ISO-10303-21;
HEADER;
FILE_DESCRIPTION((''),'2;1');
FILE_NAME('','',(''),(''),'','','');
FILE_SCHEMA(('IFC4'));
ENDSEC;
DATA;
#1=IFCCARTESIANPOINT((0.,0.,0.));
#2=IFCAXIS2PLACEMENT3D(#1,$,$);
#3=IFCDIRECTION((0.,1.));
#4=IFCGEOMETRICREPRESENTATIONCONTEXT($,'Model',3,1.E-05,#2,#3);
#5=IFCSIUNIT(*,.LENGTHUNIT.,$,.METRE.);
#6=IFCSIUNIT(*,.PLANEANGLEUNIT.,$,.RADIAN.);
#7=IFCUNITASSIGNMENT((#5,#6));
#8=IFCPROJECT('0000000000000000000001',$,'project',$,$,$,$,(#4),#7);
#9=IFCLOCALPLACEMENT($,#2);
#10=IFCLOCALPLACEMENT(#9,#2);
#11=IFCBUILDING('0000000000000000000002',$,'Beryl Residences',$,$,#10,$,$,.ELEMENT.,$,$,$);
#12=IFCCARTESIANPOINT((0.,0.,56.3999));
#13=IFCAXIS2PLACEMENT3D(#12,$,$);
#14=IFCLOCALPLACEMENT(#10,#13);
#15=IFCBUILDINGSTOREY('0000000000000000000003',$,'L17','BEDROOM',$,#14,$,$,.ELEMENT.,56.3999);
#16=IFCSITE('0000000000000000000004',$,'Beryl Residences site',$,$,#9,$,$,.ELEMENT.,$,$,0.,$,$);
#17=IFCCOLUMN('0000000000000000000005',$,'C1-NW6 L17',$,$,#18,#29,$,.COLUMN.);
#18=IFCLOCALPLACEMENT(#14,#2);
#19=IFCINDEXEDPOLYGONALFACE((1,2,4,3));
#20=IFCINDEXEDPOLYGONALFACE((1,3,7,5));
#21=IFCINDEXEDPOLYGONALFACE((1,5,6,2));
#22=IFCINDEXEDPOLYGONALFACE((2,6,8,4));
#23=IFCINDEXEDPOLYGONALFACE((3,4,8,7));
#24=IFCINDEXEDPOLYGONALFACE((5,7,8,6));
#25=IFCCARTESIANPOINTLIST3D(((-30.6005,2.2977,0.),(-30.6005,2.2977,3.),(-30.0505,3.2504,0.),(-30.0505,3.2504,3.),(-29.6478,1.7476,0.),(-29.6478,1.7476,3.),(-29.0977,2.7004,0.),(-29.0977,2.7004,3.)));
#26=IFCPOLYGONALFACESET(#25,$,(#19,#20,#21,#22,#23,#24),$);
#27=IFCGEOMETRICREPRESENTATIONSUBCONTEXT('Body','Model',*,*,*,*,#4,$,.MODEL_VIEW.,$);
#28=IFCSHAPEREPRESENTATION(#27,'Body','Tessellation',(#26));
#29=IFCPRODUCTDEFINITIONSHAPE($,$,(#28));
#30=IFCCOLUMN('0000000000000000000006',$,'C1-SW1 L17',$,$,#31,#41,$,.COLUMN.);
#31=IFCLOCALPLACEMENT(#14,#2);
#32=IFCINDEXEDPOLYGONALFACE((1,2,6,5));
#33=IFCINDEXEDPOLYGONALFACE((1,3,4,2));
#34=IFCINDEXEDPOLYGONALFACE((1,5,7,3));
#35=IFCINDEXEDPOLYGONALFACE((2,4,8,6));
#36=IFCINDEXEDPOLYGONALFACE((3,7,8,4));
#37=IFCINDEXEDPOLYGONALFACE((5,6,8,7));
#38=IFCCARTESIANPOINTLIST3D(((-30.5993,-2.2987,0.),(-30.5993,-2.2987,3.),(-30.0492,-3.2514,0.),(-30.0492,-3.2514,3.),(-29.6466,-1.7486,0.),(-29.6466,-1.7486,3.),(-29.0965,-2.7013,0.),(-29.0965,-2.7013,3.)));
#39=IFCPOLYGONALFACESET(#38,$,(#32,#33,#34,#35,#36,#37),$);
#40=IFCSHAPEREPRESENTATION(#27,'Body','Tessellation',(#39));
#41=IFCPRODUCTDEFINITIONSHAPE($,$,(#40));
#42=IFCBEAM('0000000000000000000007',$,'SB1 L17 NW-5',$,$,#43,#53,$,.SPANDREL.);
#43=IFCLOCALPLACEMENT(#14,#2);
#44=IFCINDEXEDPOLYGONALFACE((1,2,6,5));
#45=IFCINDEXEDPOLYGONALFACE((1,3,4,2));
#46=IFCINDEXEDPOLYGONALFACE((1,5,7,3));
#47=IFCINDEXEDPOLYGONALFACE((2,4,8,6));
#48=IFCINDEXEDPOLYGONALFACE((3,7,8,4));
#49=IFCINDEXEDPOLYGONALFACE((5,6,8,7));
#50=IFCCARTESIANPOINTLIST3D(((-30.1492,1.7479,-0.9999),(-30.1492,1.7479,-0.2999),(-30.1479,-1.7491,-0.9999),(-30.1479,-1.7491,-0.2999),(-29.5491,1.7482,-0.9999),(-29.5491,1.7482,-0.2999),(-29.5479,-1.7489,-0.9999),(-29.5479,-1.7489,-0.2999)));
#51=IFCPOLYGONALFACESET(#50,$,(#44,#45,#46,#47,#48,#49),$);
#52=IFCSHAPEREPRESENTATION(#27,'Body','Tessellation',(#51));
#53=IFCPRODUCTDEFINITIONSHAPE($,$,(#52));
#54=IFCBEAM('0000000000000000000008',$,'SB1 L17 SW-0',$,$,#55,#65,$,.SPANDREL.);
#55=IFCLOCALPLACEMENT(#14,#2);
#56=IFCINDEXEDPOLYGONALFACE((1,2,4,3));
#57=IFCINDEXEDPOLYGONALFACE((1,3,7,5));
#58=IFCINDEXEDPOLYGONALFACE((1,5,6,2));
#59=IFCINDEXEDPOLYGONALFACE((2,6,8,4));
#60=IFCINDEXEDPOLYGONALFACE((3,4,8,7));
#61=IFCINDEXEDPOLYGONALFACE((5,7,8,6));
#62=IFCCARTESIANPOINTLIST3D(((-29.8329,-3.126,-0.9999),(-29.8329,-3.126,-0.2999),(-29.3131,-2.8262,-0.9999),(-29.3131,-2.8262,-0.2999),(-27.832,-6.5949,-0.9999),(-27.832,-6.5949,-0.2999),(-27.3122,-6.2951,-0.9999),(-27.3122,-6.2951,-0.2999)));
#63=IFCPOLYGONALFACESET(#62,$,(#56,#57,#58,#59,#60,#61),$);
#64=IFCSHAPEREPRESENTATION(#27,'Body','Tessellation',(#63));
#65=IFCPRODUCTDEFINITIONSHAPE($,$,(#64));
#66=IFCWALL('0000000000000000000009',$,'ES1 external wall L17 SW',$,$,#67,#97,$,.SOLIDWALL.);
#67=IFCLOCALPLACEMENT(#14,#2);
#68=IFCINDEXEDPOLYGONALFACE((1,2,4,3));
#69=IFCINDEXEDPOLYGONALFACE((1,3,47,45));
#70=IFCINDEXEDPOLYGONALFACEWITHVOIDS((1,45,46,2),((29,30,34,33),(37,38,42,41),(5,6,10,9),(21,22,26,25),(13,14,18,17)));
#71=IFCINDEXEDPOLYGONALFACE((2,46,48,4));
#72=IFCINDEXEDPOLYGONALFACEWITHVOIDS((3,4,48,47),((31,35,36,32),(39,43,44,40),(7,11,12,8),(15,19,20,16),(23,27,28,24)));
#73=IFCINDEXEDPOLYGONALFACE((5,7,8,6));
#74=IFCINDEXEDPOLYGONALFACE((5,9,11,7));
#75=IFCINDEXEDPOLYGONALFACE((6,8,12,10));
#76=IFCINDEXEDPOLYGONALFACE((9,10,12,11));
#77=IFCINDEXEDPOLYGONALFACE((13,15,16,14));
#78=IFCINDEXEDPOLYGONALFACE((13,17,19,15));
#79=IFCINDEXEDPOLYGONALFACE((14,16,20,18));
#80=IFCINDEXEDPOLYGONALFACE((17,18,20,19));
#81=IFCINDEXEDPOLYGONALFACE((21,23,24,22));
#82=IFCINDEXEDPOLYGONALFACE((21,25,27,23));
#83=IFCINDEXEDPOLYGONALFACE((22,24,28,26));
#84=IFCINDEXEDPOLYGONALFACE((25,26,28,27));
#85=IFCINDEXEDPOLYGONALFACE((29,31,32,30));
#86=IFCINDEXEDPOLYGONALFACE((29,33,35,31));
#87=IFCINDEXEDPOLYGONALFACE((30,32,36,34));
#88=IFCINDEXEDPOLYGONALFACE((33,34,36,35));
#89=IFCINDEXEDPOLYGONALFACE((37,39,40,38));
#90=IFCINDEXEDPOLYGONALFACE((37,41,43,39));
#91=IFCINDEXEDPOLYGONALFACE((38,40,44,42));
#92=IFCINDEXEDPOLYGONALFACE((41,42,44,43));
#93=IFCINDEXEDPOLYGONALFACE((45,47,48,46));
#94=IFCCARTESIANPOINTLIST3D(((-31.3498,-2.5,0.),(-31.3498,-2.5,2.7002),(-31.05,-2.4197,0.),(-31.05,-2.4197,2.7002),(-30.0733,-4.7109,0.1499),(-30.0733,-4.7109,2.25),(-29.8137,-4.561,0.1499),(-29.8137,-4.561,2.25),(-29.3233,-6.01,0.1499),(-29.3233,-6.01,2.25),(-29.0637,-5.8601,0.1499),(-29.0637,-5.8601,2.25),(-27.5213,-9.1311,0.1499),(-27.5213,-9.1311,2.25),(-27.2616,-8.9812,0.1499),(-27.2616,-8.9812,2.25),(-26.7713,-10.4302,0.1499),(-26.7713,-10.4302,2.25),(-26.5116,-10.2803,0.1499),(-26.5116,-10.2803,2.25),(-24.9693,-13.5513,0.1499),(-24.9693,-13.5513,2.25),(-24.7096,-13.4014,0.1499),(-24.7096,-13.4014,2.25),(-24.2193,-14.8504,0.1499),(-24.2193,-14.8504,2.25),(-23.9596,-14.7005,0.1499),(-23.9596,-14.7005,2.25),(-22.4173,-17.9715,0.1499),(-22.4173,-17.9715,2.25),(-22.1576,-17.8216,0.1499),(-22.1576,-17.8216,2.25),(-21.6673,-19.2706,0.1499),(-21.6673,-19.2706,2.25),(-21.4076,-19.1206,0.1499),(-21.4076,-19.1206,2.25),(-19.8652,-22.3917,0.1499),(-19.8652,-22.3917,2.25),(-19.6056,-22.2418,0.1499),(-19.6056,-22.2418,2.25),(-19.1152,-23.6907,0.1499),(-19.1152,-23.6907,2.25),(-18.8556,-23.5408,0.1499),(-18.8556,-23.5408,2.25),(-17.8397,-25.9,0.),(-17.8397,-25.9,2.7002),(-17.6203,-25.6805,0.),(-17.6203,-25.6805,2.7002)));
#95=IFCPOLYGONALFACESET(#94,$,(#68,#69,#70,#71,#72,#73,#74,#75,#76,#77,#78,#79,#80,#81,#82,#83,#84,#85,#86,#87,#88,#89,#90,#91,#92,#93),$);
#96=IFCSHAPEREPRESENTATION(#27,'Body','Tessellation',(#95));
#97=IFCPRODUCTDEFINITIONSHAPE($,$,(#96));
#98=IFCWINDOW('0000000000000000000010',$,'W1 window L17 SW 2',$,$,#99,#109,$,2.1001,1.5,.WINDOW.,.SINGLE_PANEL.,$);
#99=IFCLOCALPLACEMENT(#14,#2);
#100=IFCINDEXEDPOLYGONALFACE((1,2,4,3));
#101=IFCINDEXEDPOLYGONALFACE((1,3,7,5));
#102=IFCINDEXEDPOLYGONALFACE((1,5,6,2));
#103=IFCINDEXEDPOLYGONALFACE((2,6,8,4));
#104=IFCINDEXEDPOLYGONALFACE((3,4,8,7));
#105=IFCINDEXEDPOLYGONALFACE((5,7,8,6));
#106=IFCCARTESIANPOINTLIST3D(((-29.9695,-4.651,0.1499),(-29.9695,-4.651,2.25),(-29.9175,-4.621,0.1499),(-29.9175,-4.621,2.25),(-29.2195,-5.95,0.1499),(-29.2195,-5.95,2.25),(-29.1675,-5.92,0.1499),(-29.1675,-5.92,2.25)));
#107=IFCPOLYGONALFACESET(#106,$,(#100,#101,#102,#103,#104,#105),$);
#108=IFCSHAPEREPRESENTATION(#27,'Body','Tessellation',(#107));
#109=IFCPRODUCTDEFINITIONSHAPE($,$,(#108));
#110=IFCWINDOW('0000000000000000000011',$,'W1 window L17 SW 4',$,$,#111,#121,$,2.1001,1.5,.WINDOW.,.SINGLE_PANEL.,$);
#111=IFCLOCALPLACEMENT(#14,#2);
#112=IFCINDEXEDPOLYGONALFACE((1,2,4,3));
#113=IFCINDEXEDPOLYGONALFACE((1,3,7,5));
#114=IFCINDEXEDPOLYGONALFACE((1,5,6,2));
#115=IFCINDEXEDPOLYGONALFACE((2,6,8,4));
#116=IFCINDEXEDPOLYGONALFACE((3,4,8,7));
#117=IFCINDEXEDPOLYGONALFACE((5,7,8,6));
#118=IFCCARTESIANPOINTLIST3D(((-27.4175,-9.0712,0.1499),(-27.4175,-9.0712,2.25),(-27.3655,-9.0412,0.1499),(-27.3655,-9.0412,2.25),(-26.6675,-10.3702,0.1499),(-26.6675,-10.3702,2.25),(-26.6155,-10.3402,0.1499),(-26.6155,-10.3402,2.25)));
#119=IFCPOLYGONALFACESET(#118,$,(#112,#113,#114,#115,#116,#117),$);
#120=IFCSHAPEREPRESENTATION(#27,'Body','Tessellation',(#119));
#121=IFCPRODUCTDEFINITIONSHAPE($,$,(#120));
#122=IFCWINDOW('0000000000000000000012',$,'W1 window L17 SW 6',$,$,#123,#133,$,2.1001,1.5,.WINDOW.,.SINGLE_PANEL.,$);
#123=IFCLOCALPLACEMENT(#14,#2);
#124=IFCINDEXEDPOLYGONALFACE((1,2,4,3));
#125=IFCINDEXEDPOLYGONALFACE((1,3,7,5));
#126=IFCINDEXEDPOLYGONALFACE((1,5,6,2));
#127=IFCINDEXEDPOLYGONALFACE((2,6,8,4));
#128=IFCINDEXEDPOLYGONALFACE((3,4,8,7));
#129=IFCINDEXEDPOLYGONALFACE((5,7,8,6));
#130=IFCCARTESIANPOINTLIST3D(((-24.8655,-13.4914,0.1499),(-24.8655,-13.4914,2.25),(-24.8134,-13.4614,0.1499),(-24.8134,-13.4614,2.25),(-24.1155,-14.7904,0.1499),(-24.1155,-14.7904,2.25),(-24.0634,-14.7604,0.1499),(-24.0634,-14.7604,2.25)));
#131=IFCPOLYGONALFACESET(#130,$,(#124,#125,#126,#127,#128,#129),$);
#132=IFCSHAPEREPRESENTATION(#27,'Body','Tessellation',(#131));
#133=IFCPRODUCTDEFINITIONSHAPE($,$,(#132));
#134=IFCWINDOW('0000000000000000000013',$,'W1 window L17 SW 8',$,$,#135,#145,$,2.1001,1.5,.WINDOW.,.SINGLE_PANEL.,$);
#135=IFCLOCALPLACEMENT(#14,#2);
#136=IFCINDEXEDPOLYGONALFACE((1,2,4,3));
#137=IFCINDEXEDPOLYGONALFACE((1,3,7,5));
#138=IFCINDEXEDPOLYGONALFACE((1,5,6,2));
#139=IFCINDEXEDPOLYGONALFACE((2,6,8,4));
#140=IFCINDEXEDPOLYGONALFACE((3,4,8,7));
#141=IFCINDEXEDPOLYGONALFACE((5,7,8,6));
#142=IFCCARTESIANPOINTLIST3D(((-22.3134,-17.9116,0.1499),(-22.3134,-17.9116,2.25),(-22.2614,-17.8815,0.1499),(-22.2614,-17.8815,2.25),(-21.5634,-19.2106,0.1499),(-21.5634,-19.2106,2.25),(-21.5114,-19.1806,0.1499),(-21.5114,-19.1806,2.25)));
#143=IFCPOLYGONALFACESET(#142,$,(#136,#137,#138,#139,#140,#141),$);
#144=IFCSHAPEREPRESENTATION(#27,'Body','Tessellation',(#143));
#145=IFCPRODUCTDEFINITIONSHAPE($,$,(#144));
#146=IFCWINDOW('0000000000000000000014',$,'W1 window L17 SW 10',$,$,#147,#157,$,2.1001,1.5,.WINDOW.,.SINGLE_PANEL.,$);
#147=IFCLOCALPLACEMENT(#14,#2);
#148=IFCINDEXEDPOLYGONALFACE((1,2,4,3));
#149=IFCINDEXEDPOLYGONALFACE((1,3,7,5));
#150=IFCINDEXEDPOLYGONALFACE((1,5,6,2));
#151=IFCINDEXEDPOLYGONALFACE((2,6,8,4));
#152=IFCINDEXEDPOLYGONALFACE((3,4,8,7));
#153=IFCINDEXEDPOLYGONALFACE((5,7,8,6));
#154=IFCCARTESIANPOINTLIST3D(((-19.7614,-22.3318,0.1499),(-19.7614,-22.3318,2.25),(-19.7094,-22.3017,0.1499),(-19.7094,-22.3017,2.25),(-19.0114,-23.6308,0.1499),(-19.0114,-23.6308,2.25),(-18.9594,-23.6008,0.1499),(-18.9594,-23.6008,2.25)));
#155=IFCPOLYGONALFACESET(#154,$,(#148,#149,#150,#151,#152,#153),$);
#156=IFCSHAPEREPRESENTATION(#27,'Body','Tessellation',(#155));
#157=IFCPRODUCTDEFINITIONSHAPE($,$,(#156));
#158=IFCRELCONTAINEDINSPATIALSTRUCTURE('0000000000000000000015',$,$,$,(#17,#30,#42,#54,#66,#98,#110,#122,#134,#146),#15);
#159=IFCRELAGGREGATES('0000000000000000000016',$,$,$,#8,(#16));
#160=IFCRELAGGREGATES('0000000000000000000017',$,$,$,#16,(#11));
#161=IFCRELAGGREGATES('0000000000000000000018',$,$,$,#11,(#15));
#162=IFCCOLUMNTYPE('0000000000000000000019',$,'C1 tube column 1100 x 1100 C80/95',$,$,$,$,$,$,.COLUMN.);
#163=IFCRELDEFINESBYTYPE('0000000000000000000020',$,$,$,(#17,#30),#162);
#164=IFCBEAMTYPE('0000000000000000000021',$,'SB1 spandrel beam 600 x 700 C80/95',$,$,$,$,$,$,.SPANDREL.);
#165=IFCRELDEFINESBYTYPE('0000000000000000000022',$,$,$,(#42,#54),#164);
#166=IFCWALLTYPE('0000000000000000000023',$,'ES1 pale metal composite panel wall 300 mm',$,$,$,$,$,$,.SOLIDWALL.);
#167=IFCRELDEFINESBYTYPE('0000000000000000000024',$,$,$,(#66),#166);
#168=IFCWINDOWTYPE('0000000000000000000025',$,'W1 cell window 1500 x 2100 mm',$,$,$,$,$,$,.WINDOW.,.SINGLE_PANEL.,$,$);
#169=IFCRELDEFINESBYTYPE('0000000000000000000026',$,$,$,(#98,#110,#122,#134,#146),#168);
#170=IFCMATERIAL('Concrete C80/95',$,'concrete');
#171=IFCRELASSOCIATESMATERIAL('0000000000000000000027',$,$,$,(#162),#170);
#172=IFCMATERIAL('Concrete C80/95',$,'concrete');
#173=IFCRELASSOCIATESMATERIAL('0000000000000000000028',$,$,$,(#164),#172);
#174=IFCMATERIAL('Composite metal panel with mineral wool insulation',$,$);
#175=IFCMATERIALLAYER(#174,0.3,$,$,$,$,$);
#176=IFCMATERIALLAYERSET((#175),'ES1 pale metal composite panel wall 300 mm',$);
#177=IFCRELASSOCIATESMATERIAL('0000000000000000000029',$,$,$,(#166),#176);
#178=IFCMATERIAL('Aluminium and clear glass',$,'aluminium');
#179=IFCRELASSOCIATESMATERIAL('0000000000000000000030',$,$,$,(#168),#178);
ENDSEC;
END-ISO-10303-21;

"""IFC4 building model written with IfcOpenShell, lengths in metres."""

from ifc_helpers import new_model, si_unit, direction, frame, frame_2d, origin, origin_2d, place, context, subcontext, project, spatial, polyline, rectangle, outline, extrude, material, layer, layer_set, material_profile, profile_set, type_object, element, fill, save


model = new_model("IFC4")

# Units and contexts
model_context = context("Model", 3, precision=1e-05, world=origin(), true_north=direction((0.0, 1.0)))
body_context = subcontext(model_context, "Body", "Model", "MODEL_VIEW")
ifc_project = project(units=[si_unit("LENGTHUNIT", "METRE"), si_unit("PLANEANGLEUNIT", "RADIAN")], contexts=[model_context])

# Site, building, storey
site_placement = place(None, origin())
site = spatial("IfcSite", under=ifc_project, at=site_placement, Name="Beryl Residences site", CompositionType="ELEMENT", RefElevation=0.0)
building_placement = place(site_placement, origin())
building = spatial("IfcBuilding", under=site, at=building_placement, Name="Beryl Residences", CompositionType="ELEMENT")
storey_placement = place(building_placement, frame((0.0, 0.0, 56.3999)))
storey = spatial("IfcBuildingStorey", under=building, at=storey_placement, Name="L17", Description="BEDROOM", CompositionType="ELEMENT", Elevation=56.3999)

# Columns
ifc_material_1 = material(Name="Concrete C80/95", Category="concrete")
ifc_material_profile_1 = material_profile(ifc_material_1, rectangle(XDim=1.1001, YDim=1.1001, at=origin_2d()))
ifc_profile_set_1 = profile_set([ifc_material_profile_1], Name="Concrete C80/95")
column_type = type_object("IfcColumnType", Name="C1 tube column 1100 x 1100 C80/95", PredefinedType="COLUMN", material=ifc_profile_set_1)
for number, where, z_axis, x_axis, name in (
    (1, (-29.8491, 2.499, 0.0), (0.0, 0.0, 1.0), (-0.499985, -0.866034, 0.0), "C1-NW6 L17"),
    (2, (-29.8479, -2.5, 0.0), (0.0, 0.0, 1.0), (0.499985, -0.866034, 0.0), "C1-SW1 L17"),
):
    element("IfcColumn", number, at=place(storey_placement, frame(where, z_axis=z_axis, x_axis=x_axis)), inside=storey, type_object=column_type, Name=name, PredefinedType="COLUMN", context=body_context, shape_type="SweptSolid", body=[
        extrude(rectangle(XDim=1.1001, YDim=1.1001, at=origin_2d()), origin(), (0.0, 0.0, 1.0), 3.0),
    ])

# Beams
ifc_material_2 = material(Name="Concrete C80/95", Category="concrete")
ifc_material_profile_2 = material_profile(ifc_material_2, rectangle(XDim=0.6001, YDim=0.7, at=origin_2d()))
ifc_profile_set_2 = profile_set([ifc_material_profile_2], Name="Concrete C80/95")
beam_type = type_object("IfcBeamType", Name="SB1 spandrel beam 600 x 700 C80/95", PredefinedType="SPANDREL", material=ifc_profile_set_2)
beam_1_placement = place(storey_placement, frame((-29.8491, 1.748, -0.6499), z_axis=(0.000349, -1.0, 0.0), x_axis=(1.0, 0.000349, 0.0)))
element("IfcBeam", 3, at=beam_1_placement, inside=storey, type_object=beam_type, Name="SB1 L17 NW-5", PredefinedType="SPANDREL", context=body_context, shape_type="SweptSolid", body=[
    extrude(rectangle(XDim=0.6001, YDim=0.7, at=origin_2d()), origin(), (0.0, 0.0, 1.0), 3.4971),
])
beam_2_placement = place(storey_placement, frame((-29.573, -2.9761, -0.6499), z_axis=(0.499654, -0.866225, 0.0), x_axis=(0.866225, 0.499654, 0.0)))
element("IfcBeam", 4, at=beam_2_placement, inside=storey, type_object=beam_type, Name="SB1 L17 SW-0", PredefinedType="SPANDREL", context=body_context, shape_type="SweptSolid", body=[
    extrude(rectangle(XDim=0.6001, YDim=0.7, at=origin_2d()), origin(), (0.0, 0.0, 1.0), 4.0046),
])

# Wall, openings, windows
ifc_material_3 = material(Name="Composite metal panel with mineral wool insulation")
ifc_layer_1 = layer(ifc_material_3, 0.3)
ifc_layer_set_1 = layer_set([ifc_layer_1], Name="ES1 pale metal composite panel wall 300 mm")
wall_type_1 = type_object("IfcWallType", Name="ES1 pale metal composite panel wall 300 mm", PredefinedType="SOLIDWALL", material=ifc_layer_set_1)
wall_1_placement = place(storey_placement, frame((-31.22, -2.425, 0.0), z_axis=(0.0, 0.0, 1.0), x_axis=(0.500002, -0.866024, 0.0)))
wall_1 = element("IfcWall", 5, at=wall_1_placement, inside=storey, type_object=wall_type_1, Name="ES1 external wall L17 SW", PredefinedType="SOLIDWALL", context=body_context, shape_type="SweptSolid", body=[
    extrude(outline(polyline([(0.0, -0.1499), (27.02, -0.1499), (26.9397, 0.1499), (0.0803, 0.1499), (0.0, -0.1499)])), origin(), (0.0, 0.0, 1.0), 2.7002),
])
opening_1_placement = place(wall_1_placement, frame((2.553, 0.0, 0.1499)))
opening_1 = element("IfcOpeningElement", 6, at=opening_1_placement, cuts=wall_1, PredefinedType="OPENING", context=body_context, shape_type="SweptSolid", body=[
    extrude(rectangle(XDim=1.5, YDim=2.1001, at=frame_2d((0.75, 1.05))), frame((0.0, 0.1599, 0.0), z_axis=(0.0, -1.0, 0.0), x_axis=(1.0, 0.0, 0.0)), (0.0, 0.0, 1.0), 0.3201),
])
opening_2_placement = place(wall_1_placement, frame((7.657, 0.0, 0.1499)))
opening_2 = element("IfcOpeningElement", 7, at=opening_2_placement, cuts=wall_1, PredefinedType="OPENING", context=body_context, shape_type="SweptSolid", body=[
    extrude(rectangle(XDim=1.5, YDim=2.1001, at=frame_2d((0.75, 1.05))), frame((0.0, 0.1599, 0.0), z_axis=(0.0, -1.0, 0.0), x_axis=(1.0, 0.0, 0.0)), (0.0, 0.0, 1.0), 0.3201),
])
opening_3_placement = place(wall_1_placement, frame((12.761, 0.0, 0.1499)))
opening_3 = element("IfcOpeningElement", 8, at=opening_3_placement, cuts=wall_1, PredefinedType="OPENING", context=body_context, shape_type="SweptSolid", body=[
    extrude(rectangle(XDim=1.5, YDim=2.1001, at=frame_2d((0.75, 1.05))), frame((0.0, 0.1599, 0.0), z_axis=(0.0, -1.0, 0.0), x_axis=(1.0, 0.0, 0.0)), (0.0, 0.0, 1.0), 0.3201),
])
opening_4_placement = place(wall_1_placement, frame((17.865, 0.0, 0.1499)))
opening_4 = element("IfcOpeningElement", 9, at=opening_4_placement, cuts=wall_1, PredefinedType="OPENING", context=body_context, shape_type="SweptSolid", body=[
    extrude(rectangle(XDim=1.5, YDim=2.1001, at=frame_2d((0.75, 1.05))), frame((0.0, 0.1599, 0.0), z_axis=(0.0, -1.0, 0.0), x_axis=(1.0, 0.0, 0.0)), (0.0, 0.0, 1.0), 0.3201),
])
opening_5_placement = place(wall_1_placement, frame((22.969, 0.0, 0.1499)))
opening_5 = element("IfcOpeningElement", 10, at=opening_5_placement, cuts=wall_1, PredefinedType="OPENING", context=body_context, shape_type="SweptSolid", body=[
    extrude(rectangle(XDim=1.5, YDim=2.1001, at=frame_2d((0.75, 1.05))), frame((0.0, 0.1599, 0.0), z_axis=(0.0, -1.0, 0.0), x_axis=(1.0, 0.0, 0.0)), (0.0, 0.0, 1.0), 0.3201),
])
ifc_material_4 = material(Name="Aluminium and clear glass", Category="aluminium")
window_type = type_object("IfcWindowType", Name="W1 cell window 1500 x 2100 mm", PartitioningType="SINGLE_PANEL", PredefinedType="WINDOW", material=ifc_material_4)
window_1_placement = place(opening_1_placement, origin())
window_1 = element("IfcWindow", 11, at=window_1_placement, inside=storey, type_object=window_type, Name="W1 window L17 SW 2", OverallHeight=2.1001, OverallWidth=1.5, PartitioningType="SINGLE_PANEL", PredefinedType="WINDOW", context=body_context, shape_type="SweptSolid", body=[
    extrude(rectangle(XDim=1.5, YDim=2.1001, at=frame_2d((0.75, 1.05))), frame((0.0, 0.03, 0.0), z_axis=(0.0, -1.0, 0.0), x_axis=(1.0, 0.0, 0.0)), (0.0, 0.0, 1.0), 0.0601),
])
fill(opening_1, window_1)
window_2_placement = place(opening_2_placement, origin())
window_2 = element("IfcWindow", 12, at=window_2_placement, inside=storey, type_object=window_type, Name="W1 window L17 SW 4", OverallHeight=2.1001, OverallWidth=1.5, PartitioningType="SINGLE_PANEL", PredefinedType="WINDOW", context=body_context, shape_type="SweptSolid", body=[
    extrude(rectangle(XDim=1.5, YDim=2.1001, at=frame_2d((0.75, 1.05))), frame((0.0, 0.03, 0.0), z_axis=(0.0, -1.0, 0.0), x_axis=(1.0, 0.0, 0.0)), (0.0, 0.0, 1.0), 0.0601),
])
fill(opening_2, window_2)
window_3_placement = place(opening_3_placement, origin())
window_3 = element("IfcWindow", 13, at=window_3_placement, inside=storey, type_object=window_type, Name="W1 window L17 SW 6", OverallHeight=2.1001, OverallWidth=1.5, PartitioningType="SINGLE_PANEL", PredefinedType="WINDOW", context=body_context, shape_type="SweptSolid", body=[
    extrude(rectangle(XDim=1.5, YDim=2.1001, at=frame_2d((0.75, 1.05))), frame((0.0, 0.03, 0.0), z_axis=(0.0, -1.0, 0.0), x_axis=(1.0, 0.0, 0.0)), (0.0, 0.0, 1.0), 0.0601),
])
fill(opening_3, window_3)
window_4_placement = place(opening_4_placement, origin())
window_4 = element("IfcWindow", 14, at=window_4_placement, inside=storey, type_object=window_type, Name="W1 window L17 SW 8", OverallHeight=2.1001, OverallWidth=1.5, PartitioningType="SINGLE_PANEL", PredefinedType="WINDOW", context=body_context, shape_type="SweptSolid", body=[
    extrude(rectangle(XDim=1.5, YDim=2.1001, at=frame_2d((0.75, 1.05))), frame((0.0, 0.03, 0.0), z_axis=(0.0, -1.0, 0.0), x_axis=(1.0, 0.0, 0.0)), (0.0, 0.0, 1.0), 0.0601),
])
fill(opening_4, window_4)
window_5_placement = place(opening_5_placement, origin())
window_5 = element("IfcWindow", 15, at=window_5_placement, inside=storey, type_object=window_type, Name="W1 window L17 SW 10", OverallHeight=2.1001, OverallWidth=1.5, PartitioningType="SINGLE_PANEL", PredefinedType="WINDOW", context=body_context, shape_type="SweptSolid", body=[
    extrude(rectangle(XDim=1.5, YDim=2.1001, at=frame_2d((0.75, 1.05))), frame((0.0, 0.03, 0.0), z_axis=(0.0, -1.0, 0.0), x_axis=(1.0, 0.0, 0.0)), (0.0, 0.0, 1.0), 0.0601),
])
fill(opening_5, window_5)

save(model, "model.ifc")
